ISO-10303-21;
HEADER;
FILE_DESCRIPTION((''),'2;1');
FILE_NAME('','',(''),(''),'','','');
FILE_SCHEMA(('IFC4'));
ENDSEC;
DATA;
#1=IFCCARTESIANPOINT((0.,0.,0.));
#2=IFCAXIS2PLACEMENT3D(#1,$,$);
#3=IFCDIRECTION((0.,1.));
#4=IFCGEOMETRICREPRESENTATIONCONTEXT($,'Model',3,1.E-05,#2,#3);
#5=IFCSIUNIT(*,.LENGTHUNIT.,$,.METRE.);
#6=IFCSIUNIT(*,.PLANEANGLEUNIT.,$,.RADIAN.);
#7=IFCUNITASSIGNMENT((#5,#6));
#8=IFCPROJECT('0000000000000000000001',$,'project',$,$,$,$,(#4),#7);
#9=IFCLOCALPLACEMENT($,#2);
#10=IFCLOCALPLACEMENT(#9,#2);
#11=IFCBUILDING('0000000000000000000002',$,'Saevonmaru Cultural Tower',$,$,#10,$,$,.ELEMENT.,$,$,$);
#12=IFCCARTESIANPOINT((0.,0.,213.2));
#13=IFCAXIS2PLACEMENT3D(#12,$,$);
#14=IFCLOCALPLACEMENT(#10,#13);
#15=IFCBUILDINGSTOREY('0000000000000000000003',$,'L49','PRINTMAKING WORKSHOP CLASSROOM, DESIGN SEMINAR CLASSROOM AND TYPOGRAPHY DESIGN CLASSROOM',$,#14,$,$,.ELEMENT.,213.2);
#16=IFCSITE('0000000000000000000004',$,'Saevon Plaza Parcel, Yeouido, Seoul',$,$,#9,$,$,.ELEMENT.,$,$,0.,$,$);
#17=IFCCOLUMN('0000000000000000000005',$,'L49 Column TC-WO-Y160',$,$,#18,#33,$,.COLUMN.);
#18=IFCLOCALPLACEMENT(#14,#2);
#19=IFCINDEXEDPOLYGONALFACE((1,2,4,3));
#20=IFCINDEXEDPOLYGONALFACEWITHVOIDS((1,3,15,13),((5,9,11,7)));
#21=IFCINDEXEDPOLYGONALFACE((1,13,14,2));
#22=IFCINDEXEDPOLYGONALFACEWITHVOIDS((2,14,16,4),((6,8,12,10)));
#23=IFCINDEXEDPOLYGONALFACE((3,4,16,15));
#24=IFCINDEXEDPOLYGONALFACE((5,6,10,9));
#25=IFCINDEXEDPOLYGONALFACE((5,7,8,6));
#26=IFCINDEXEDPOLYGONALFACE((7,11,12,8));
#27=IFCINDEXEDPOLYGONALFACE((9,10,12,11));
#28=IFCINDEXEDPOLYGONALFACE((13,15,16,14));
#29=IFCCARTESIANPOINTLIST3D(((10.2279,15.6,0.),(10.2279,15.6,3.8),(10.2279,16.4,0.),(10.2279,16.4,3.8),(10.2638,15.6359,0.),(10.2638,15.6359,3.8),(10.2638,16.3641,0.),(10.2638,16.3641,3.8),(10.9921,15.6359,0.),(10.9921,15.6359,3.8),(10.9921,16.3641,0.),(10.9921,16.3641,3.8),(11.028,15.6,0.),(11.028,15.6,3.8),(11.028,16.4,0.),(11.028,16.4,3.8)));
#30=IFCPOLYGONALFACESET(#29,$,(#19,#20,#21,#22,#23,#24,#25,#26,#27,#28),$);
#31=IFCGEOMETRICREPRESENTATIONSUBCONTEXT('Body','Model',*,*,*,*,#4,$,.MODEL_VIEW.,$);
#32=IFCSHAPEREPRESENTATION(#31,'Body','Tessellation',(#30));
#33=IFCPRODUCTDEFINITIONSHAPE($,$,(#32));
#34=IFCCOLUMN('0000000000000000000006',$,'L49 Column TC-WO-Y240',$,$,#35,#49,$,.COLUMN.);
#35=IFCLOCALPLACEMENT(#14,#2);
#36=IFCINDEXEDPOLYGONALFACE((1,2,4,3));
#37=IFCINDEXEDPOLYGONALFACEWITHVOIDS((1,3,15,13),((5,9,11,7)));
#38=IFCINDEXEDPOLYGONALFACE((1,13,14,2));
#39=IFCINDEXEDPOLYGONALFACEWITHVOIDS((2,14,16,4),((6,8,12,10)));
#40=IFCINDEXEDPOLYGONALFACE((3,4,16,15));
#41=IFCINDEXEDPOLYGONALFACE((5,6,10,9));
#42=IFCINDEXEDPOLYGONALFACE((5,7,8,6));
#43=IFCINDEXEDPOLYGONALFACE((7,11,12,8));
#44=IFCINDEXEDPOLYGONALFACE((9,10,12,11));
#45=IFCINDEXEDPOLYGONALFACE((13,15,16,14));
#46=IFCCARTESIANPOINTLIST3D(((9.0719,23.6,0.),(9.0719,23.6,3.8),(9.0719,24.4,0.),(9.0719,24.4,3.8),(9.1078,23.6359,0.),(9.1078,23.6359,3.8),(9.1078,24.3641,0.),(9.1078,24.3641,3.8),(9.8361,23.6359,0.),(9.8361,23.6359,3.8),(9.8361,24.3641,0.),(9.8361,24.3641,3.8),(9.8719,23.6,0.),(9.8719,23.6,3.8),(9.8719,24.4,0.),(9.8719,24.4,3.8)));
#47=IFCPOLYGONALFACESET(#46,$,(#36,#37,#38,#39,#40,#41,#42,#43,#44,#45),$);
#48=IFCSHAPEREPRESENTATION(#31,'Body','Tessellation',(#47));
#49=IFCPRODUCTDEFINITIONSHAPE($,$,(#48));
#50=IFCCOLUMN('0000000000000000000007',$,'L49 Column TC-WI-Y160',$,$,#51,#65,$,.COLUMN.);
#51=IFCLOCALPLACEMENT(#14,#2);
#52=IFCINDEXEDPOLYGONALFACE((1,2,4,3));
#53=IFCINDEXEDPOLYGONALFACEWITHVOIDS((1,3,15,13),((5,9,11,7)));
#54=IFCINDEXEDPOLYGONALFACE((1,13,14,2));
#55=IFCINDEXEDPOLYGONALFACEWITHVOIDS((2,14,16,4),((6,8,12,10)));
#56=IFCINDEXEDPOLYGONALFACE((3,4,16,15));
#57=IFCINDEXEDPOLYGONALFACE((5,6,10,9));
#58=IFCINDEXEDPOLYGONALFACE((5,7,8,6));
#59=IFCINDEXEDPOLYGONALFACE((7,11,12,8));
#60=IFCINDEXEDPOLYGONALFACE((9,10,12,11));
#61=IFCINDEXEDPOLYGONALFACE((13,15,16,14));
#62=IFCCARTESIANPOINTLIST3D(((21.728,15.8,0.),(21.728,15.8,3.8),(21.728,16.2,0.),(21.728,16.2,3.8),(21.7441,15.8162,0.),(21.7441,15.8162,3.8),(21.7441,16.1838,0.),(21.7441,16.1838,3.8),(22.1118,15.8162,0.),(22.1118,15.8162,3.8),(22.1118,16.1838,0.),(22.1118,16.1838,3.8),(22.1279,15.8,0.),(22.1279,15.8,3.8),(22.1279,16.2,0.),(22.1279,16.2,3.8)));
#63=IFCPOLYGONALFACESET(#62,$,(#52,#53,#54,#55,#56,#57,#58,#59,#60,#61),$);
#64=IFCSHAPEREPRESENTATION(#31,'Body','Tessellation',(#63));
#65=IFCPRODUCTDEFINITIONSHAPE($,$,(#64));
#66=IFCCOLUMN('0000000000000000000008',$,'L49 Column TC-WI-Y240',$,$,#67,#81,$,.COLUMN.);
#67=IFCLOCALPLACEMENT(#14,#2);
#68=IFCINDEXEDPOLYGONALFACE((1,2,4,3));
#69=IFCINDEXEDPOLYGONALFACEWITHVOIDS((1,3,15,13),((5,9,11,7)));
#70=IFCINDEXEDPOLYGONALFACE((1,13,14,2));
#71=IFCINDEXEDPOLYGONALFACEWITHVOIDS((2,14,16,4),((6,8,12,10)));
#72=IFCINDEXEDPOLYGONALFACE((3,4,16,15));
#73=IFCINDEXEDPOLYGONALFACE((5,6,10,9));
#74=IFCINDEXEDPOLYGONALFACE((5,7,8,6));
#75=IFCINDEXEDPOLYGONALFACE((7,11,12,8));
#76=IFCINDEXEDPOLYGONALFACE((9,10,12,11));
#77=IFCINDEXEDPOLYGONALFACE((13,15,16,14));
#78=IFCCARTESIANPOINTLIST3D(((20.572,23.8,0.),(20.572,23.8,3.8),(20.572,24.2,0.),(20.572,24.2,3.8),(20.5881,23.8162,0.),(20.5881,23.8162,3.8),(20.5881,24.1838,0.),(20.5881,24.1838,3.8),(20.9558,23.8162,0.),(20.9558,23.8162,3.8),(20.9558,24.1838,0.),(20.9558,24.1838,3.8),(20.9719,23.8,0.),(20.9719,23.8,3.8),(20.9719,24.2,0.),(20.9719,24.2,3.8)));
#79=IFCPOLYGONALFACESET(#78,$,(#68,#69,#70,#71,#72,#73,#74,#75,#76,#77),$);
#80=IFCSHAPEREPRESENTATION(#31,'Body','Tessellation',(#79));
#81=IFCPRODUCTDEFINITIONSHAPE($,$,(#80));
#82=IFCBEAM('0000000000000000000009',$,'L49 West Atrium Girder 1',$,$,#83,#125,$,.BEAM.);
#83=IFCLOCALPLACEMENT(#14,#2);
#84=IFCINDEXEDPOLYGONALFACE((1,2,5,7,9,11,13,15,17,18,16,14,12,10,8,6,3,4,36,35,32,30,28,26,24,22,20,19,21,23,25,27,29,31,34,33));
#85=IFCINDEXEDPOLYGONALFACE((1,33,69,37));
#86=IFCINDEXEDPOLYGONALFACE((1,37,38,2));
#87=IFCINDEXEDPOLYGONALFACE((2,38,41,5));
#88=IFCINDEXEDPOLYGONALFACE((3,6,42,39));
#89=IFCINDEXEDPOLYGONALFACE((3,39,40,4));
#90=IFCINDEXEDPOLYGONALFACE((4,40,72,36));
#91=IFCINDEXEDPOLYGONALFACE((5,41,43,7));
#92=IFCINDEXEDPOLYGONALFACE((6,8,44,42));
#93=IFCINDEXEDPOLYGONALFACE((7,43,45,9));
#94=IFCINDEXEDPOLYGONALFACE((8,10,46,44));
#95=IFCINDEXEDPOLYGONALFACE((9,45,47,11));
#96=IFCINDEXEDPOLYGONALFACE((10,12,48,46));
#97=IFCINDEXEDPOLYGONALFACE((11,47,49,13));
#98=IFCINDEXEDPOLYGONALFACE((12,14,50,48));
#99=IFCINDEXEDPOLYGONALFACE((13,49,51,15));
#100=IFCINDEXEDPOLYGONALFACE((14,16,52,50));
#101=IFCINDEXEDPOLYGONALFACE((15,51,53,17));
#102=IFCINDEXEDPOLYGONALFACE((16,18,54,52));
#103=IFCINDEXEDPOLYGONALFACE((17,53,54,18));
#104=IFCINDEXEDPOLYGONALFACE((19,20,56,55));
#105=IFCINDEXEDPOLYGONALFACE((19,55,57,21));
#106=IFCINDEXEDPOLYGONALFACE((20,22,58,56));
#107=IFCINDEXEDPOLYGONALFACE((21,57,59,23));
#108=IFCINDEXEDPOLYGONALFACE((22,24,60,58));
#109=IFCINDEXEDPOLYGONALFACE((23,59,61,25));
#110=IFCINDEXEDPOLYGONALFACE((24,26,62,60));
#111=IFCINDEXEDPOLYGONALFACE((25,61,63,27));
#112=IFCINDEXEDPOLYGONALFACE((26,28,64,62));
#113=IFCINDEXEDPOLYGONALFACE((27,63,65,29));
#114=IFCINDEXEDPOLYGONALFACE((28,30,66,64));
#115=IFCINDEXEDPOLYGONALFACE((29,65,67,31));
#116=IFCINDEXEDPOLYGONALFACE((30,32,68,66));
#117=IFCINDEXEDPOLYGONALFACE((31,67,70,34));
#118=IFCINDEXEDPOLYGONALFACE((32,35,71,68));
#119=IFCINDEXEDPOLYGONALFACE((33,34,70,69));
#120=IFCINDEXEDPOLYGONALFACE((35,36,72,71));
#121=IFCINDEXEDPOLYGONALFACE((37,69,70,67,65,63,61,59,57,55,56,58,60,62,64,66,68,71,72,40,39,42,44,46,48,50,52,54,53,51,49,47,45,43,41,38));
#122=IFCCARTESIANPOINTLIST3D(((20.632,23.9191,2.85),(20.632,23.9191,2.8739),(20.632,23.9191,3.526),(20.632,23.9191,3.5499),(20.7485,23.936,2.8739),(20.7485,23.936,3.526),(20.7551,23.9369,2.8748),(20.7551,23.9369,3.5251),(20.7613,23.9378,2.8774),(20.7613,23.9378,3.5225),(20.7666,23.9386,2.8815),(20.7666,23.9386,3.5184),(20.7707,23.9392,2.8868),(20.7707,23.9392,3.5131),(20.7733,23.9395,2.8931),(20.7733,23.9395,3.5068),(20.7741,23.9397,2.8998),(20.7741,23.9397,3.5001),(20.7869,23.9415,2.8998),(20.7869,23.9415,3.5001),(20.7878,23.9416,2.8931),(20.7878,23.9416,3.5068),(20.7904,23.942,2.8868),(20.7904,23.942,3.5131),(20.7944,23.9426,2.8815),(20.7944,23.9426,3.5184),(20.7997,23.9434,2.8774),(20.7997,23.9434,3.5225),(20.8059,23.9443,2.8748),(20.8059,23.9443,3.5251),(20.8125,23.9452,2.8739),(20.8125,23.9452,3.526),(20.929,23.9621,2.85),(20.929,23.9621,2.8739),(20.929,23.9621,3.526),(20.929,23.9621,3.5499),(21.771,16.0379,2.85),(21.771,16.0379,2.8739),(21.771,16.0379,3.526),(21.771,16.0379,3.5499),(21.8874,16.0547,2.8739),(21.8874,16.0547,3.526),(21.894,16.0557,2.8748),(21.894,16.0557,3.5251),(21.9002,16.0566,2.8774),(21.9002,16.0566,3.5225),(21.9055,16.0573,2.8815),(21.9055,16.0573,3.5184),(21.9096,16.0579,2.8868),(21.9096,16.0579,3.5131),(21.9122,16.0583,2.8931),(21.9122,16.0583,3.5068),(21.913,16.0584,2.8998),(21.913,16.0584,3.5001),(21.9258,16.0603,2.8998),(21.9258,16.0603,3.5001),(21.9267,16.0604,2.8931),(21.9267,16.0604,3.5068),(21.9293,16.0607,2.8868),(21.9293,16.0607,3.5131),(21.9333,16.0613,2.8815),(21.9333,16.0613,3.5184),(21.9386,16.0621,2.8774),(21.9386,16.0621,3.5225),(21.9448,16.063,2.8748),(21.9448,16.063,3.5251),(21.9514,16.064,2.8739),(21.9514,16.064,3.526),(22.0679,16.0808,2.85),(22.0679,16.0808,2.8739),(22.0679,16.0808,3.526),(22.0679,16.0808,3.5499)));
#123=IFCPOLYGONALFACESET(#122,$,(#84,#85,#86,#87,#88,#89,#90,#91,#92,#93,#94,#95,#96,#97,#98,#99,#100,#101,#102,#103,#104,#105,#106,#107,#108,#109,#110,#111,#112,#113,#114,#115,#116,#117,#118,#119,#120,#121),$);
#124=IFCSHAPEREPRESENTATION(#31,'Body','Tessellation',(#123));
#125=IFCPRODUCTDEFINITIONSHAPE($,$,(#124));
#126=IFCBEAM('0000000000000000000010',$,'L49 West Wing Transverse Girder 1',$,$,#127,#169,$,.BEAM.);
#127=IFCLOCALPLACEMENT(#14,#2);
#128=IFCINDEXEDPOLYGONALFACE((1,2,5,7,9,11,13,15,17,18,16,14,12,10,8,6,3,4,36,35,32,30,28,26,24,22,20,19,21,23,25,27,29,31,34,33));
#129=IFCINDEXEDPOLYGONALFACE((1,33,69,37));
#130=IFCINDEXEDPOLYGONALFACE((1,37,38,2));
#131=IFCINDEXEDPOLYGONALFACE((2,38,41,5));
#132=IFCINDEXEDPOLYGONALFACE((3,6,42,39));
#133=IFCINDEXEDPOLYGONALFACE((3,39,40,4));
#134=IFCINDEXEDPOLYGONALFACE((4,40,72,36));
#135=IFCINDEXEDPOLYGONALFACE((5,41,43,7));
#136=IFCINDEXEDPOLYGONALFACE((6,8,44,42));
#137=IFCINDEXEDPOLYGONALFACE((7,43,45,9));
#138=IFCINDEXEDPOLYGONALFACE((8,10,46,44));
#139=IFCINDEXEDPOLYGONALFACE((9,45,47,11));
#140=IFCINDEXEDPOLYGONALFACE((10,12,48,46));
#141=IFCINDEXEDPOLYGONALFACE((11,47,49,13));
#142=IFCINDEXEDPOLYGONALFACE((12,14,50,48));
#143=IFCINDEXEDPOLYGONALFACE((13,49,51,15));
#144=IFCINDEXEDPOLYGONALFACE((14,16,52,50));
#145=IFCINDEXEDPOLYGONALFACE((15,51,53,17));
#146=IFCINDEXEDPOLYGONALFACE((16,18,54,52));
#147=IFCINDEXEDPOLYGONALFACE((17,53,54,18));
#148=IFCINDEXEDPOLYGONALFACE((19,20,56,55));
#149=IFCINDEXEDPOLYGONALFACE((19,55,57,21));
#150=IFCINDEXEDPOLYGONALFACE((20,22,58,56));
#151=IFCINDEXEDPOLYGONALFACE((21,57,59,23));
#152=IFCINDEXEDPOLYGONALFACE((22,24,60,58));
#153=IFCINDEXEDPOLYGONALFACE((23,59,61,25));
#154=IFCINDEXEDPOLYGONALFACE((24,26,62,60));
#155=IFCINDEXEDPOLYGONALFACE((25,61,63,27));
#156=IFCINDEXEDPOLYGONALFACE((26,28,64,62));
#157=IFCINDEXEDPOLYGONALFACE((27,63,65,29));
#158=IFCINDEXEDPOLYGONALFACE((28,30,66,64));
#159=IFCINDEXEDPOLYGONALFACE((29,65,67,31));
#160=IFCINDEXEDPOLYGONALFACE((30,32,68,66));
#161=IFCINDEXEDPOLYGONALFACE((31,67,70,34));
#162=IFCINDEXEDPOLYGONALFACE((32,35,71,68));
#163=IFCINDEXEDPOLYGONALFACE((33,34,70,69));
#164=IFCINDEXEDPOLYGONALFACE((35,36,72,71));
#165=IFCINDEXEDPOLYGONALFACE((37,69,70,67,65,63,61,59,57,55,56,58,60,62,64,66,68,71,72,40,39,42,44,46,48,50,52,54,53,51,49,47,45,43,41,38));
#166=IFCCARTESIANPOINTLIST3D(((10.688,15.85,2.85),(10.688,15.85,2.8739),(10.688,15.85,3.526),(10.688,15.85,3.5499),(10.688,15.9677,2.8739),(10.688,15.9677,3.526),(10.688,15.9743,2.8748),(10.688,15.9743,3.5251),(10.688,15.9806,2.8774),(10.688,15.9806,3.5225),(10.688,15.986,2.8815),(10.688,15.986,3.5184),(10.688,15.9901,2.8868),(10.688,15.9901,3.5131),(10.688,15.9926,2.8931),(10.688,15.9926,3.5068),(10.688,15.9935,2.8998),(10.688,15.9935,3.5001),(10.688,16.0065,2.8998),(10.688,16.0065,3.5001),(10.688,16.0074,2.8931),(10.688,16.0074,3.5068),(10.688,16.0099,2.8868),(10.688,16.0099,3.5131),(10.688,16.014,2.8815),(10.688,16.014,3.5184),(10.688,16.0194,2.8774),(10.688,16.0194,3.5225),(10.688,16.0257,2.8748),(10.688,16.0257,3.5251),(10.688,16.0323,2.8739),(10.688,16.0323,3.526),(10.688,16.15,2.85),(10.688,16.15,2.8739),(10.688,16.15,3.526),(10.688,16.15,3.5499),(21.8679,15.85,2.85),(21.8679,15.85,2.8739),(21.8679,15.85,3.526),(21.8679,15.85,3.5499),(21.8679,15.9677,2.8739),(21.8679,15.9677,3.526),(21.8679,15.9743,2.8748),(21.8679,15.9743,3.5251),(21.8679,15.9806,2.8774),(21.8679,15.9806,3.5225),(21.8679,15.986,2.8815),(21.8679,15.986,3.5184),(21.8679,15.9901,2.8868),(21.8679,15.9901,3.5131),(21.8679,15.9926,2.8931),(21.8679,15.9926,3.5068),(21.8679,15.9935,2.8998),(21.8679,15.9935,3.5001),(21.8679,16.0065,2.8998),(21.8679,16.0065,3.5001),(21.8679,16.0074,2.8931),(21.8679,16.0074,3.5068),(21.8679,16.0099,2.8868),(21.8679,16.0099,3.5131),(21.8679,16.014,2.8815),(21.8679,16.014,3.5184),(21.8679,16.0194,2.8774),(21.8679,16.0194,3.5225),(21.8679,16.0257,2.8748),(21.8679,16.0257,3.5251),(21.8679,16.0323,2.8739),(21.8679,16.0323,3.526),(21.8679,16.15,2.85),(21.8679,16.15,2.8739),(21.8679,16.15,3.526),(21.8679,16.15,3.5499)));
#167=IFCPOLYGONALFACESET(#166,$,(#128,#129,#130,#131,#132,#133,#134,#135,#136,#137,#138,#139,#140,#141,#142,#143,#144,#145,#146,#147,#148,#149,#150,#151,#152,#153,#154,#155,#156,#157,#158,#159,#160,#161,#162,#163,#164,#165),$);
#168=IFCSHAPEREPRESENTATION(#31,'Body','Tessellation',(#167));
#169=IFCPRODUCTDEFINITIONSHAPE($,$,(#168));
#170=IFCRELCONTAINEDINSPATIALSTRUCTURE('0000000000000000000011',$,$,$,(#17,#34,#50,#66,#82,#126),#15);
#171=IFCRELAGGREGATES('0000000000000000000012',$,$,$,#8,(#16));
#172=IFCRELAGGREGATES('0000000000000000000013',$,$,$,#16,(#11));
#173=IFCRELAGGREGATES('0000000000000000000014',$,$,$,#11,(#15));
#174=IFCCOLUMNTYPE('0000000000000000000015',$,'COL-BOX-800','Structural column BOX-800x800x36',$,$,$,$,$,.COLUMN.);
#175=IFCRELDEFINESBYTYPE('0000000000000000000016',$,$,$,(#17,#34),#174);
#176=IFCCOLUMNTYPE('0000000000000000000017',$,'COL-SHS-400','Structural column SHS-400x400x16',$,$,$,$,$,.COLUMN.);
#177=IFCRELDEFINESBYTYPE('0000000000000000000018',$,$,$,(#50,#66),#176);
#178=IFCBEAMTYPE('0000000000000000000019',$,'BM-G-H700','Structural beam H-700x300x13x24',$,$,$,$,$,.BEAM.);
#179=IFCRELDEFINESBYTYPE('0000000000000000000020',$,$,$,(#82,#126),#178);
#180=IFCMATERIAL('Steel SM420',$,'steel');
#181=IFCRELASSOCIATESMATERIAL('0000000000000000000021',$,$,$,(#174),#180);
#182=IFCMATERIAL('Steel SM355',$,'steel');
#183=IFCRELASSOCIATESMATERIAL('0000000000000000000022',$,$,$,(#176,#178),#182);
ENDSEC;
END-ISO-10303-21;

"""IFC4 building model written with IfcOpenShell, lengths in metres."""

from ifc_helpers import new_model, si_unit, direction, frame, origin, origin_2d, place, context, subcontext, project, spatial, hollow_rectangle, i_section, extrude, material, material_profile, profile_set, type_object, element, save


model = new_model("IFC4")

# Units and contexts
model_context = context("Model", 3, precision=1e-05, world=origin(), true_north=direction((0.0, 1.0)))
body_context = subcontext(model_context, "Body", "Model", "MODEL_VIEW")
ifc_project = project(units=[si_unit("LENGTHUNIT", "METRE"), si_unit("PLANEANGLEUNIT", "RADIAN")], contexts=[model_context])

# Site, building, storey
site_placement = place(None, origin())
site = spatial("IfcSite", under=ifc_project, at=site_placement, Name="Saevon Plaza Parcel, Yeouido, Seoul", CompositionType="ELEMENT", RefElevation=0.0)
building_placement = place(site_placement, origin())
building = spatial("IfcBuilding", under=site, at=building_placement, Name="Saevonmaru Cultural Tower", CompositionType="ELEMENT")
storey_placement = place(building_placement, frame((0.0, 0.0, 213.2)))
storey = spatial("IfcBuildingStorey", under=building, at=storey_placement, Name="L49", Description="PRINTMAKING WORKSHOP CLASSROOM, DESIGN SEMINAR CLASSROOM AND TYPOGRAPHY DESIGN CLASSROOM", CompositionType="ELEMENT", Elevation=213.2)

# Columns
ifc_material_1 = material(Name="Steel SM420", Category="steel")
ifc_material_profile_1 = material_profile(ifc_material_1, hollow_rectangle(XDim=0.8, YDim=0.8, WallThickness=0.0359, at=origin_2d()), Name="BOX-800x800x36")
ifc_profile_set_1 = profile_set([ifc_material_profile_1], Name="Steel SM420")
column_type_1 = type_object("IfcColumnType", Name="COL-BOX-800", Description="Structural column BOX-800x800x36", PredefinedType="COLUMN", material=ifc_profile_set_1)
for number, where, z_axis, x_axis, name in (
    (1, (10.6279, 16.0, 0.0), (0.0, 0.0, 1.0), (1.0, 0.0, 0.0), "L49 Column TC-WO-Y160"),
    (2, (9.4719, 24.0, 0.0), (0.0, 0.0, 1.0), (1.0, 0.0, 0.0), "L49 Column TC-WO-Y240"),
):
    element("IfcColumn", number, at=place(storey_placement, frame(where, z_axis=z_axis, x_axis=x_axis)), inside=storey, type_object=column_type_1, Name=name, PredefinedType="COLUMN", context=body_context, shape_type="SweptSolid", body=[
        extrude(hollow_rectangle(XDim=0.8, YDim=0.8, WallThickness=0.0359, at=origin_2d()), origin(), (0.0, 0.0, 1.0), 3.8),
    ])
ifc_material_2 = material(Name="Steel SM355", Category="steel")
ifc_material_profile_2 = material_profile(ifc_material_2, hollow_rectangle(XDim=0.3999, YDim=0.3999, WallThickness=0.0161, at=origin_2d()), Name="SHS-400x400x16")
ifc_profile_set_2 = profile_set([ifc_material_profile_2], Name="Steel SM355")
column_type_2 = type_object("IfcColumnType", Name="COL-SHS-400", Description="Structural column SHS-400x400x16", PredefinedType="COLUMN", material=ifc_profile_set_2)
for number, where, z_axis, x_axis, name in (
    (3, (21.928, 16.0, 0.0), (0.0, 0.0, 1.0), (1.0, 0.0, 0.0), "L49 Column TC-WI-Y160"),
    (4, (20.772, 24.0, 0.0), (0.0, 0.0, 1.0), (1.0, 0.0, 0.0), "L49 Column TC-WI-Y240"),
):
    element("IfcColumn", number, at=place(storey_placement, frame(where, z_axis=z_axis, x_axis=x_axis)), inside=storey, type_object=column_type_2, Name=name, PredefinedType="COLUMN", context=body_context, shape_type="SweptSolid", body=[
        extrude(hollow_rectangle(XDim=0.3999, YDim=0.3999, WallThickness=0.0161, at=origin_2d()), origin(), (0.0, 0.0, 1.0), 3.8),
    ])

# Beams
ifc_material_profile_3 = material_profile(ifc_material_2, i_section(OverallWidth=0.3, OverallDepth=0.7, WebThickness=0.0129, FlangeThickness=0.0239, FilletRadius=0.0259, at=origin_2d()), Name="H-700x300x13x24")
ifc_profile_set_3 = profile_set([ifc_material_profile_3], Name="Steel SM355")
beam_type_1 = type_object("IfcBeamType", Name="BM-G-H700", Description="Structural beam H-700x300x13x24", PredefinedType="BEAM", material=ifc_profile_set_3)
beam_1_placement = place(storey_placement, frame((21.9194, 16.0593, 3.2), z_axis=(-0.143022, 0.989719, 0.0), x_axis=(-0.989719, -0.143022, 0.0)))
element("IfcBeam", 5, at=beam_1_placement, inside=storey, type_object=beam_type_1, Name="L49 West Atrium Girder 1", PredefinedType="BEAM", context=body_context, shape_type="SweptSolid", body=[
    extrude(i_section(OverallWidth=0.3, OverallDepth=0.7, WebThickness=0.0129, FlangeThickness=0.0239, FilletRadius=0.0259, at=origin_2d()), origin(), (0.0, 0.0, 1.0), 7.9631),
])
for number, where, z_axis, x_axis, name in (
    (6, (10.688, 16.0, 3.2), (1.0, 0.0, 0.0), (0.0, 1.0, 0.0), "L49 West Wing Transverse Girder 1"),
):
    element("IfcBeam", number, at=place(storey_placement, frame(where, z_axis=z_axis, x_axis=x_axis)), inside=storey, type_object=beam_type_1, Name=name, PredefinedType="BEAM", context=body_context, shape_type="SweptSolid", body=[
        extrude(i_section(OverallWidth=0.3, OverallDepth=0.7, WebThickness=0.0129, FlangeThickness=0.0239, FilletRadius=0.0259, at=origin_2d()), origin(), (0.0, 0.0, 1.0), 11.1799),
    ])

save(model, "model.ifc")
